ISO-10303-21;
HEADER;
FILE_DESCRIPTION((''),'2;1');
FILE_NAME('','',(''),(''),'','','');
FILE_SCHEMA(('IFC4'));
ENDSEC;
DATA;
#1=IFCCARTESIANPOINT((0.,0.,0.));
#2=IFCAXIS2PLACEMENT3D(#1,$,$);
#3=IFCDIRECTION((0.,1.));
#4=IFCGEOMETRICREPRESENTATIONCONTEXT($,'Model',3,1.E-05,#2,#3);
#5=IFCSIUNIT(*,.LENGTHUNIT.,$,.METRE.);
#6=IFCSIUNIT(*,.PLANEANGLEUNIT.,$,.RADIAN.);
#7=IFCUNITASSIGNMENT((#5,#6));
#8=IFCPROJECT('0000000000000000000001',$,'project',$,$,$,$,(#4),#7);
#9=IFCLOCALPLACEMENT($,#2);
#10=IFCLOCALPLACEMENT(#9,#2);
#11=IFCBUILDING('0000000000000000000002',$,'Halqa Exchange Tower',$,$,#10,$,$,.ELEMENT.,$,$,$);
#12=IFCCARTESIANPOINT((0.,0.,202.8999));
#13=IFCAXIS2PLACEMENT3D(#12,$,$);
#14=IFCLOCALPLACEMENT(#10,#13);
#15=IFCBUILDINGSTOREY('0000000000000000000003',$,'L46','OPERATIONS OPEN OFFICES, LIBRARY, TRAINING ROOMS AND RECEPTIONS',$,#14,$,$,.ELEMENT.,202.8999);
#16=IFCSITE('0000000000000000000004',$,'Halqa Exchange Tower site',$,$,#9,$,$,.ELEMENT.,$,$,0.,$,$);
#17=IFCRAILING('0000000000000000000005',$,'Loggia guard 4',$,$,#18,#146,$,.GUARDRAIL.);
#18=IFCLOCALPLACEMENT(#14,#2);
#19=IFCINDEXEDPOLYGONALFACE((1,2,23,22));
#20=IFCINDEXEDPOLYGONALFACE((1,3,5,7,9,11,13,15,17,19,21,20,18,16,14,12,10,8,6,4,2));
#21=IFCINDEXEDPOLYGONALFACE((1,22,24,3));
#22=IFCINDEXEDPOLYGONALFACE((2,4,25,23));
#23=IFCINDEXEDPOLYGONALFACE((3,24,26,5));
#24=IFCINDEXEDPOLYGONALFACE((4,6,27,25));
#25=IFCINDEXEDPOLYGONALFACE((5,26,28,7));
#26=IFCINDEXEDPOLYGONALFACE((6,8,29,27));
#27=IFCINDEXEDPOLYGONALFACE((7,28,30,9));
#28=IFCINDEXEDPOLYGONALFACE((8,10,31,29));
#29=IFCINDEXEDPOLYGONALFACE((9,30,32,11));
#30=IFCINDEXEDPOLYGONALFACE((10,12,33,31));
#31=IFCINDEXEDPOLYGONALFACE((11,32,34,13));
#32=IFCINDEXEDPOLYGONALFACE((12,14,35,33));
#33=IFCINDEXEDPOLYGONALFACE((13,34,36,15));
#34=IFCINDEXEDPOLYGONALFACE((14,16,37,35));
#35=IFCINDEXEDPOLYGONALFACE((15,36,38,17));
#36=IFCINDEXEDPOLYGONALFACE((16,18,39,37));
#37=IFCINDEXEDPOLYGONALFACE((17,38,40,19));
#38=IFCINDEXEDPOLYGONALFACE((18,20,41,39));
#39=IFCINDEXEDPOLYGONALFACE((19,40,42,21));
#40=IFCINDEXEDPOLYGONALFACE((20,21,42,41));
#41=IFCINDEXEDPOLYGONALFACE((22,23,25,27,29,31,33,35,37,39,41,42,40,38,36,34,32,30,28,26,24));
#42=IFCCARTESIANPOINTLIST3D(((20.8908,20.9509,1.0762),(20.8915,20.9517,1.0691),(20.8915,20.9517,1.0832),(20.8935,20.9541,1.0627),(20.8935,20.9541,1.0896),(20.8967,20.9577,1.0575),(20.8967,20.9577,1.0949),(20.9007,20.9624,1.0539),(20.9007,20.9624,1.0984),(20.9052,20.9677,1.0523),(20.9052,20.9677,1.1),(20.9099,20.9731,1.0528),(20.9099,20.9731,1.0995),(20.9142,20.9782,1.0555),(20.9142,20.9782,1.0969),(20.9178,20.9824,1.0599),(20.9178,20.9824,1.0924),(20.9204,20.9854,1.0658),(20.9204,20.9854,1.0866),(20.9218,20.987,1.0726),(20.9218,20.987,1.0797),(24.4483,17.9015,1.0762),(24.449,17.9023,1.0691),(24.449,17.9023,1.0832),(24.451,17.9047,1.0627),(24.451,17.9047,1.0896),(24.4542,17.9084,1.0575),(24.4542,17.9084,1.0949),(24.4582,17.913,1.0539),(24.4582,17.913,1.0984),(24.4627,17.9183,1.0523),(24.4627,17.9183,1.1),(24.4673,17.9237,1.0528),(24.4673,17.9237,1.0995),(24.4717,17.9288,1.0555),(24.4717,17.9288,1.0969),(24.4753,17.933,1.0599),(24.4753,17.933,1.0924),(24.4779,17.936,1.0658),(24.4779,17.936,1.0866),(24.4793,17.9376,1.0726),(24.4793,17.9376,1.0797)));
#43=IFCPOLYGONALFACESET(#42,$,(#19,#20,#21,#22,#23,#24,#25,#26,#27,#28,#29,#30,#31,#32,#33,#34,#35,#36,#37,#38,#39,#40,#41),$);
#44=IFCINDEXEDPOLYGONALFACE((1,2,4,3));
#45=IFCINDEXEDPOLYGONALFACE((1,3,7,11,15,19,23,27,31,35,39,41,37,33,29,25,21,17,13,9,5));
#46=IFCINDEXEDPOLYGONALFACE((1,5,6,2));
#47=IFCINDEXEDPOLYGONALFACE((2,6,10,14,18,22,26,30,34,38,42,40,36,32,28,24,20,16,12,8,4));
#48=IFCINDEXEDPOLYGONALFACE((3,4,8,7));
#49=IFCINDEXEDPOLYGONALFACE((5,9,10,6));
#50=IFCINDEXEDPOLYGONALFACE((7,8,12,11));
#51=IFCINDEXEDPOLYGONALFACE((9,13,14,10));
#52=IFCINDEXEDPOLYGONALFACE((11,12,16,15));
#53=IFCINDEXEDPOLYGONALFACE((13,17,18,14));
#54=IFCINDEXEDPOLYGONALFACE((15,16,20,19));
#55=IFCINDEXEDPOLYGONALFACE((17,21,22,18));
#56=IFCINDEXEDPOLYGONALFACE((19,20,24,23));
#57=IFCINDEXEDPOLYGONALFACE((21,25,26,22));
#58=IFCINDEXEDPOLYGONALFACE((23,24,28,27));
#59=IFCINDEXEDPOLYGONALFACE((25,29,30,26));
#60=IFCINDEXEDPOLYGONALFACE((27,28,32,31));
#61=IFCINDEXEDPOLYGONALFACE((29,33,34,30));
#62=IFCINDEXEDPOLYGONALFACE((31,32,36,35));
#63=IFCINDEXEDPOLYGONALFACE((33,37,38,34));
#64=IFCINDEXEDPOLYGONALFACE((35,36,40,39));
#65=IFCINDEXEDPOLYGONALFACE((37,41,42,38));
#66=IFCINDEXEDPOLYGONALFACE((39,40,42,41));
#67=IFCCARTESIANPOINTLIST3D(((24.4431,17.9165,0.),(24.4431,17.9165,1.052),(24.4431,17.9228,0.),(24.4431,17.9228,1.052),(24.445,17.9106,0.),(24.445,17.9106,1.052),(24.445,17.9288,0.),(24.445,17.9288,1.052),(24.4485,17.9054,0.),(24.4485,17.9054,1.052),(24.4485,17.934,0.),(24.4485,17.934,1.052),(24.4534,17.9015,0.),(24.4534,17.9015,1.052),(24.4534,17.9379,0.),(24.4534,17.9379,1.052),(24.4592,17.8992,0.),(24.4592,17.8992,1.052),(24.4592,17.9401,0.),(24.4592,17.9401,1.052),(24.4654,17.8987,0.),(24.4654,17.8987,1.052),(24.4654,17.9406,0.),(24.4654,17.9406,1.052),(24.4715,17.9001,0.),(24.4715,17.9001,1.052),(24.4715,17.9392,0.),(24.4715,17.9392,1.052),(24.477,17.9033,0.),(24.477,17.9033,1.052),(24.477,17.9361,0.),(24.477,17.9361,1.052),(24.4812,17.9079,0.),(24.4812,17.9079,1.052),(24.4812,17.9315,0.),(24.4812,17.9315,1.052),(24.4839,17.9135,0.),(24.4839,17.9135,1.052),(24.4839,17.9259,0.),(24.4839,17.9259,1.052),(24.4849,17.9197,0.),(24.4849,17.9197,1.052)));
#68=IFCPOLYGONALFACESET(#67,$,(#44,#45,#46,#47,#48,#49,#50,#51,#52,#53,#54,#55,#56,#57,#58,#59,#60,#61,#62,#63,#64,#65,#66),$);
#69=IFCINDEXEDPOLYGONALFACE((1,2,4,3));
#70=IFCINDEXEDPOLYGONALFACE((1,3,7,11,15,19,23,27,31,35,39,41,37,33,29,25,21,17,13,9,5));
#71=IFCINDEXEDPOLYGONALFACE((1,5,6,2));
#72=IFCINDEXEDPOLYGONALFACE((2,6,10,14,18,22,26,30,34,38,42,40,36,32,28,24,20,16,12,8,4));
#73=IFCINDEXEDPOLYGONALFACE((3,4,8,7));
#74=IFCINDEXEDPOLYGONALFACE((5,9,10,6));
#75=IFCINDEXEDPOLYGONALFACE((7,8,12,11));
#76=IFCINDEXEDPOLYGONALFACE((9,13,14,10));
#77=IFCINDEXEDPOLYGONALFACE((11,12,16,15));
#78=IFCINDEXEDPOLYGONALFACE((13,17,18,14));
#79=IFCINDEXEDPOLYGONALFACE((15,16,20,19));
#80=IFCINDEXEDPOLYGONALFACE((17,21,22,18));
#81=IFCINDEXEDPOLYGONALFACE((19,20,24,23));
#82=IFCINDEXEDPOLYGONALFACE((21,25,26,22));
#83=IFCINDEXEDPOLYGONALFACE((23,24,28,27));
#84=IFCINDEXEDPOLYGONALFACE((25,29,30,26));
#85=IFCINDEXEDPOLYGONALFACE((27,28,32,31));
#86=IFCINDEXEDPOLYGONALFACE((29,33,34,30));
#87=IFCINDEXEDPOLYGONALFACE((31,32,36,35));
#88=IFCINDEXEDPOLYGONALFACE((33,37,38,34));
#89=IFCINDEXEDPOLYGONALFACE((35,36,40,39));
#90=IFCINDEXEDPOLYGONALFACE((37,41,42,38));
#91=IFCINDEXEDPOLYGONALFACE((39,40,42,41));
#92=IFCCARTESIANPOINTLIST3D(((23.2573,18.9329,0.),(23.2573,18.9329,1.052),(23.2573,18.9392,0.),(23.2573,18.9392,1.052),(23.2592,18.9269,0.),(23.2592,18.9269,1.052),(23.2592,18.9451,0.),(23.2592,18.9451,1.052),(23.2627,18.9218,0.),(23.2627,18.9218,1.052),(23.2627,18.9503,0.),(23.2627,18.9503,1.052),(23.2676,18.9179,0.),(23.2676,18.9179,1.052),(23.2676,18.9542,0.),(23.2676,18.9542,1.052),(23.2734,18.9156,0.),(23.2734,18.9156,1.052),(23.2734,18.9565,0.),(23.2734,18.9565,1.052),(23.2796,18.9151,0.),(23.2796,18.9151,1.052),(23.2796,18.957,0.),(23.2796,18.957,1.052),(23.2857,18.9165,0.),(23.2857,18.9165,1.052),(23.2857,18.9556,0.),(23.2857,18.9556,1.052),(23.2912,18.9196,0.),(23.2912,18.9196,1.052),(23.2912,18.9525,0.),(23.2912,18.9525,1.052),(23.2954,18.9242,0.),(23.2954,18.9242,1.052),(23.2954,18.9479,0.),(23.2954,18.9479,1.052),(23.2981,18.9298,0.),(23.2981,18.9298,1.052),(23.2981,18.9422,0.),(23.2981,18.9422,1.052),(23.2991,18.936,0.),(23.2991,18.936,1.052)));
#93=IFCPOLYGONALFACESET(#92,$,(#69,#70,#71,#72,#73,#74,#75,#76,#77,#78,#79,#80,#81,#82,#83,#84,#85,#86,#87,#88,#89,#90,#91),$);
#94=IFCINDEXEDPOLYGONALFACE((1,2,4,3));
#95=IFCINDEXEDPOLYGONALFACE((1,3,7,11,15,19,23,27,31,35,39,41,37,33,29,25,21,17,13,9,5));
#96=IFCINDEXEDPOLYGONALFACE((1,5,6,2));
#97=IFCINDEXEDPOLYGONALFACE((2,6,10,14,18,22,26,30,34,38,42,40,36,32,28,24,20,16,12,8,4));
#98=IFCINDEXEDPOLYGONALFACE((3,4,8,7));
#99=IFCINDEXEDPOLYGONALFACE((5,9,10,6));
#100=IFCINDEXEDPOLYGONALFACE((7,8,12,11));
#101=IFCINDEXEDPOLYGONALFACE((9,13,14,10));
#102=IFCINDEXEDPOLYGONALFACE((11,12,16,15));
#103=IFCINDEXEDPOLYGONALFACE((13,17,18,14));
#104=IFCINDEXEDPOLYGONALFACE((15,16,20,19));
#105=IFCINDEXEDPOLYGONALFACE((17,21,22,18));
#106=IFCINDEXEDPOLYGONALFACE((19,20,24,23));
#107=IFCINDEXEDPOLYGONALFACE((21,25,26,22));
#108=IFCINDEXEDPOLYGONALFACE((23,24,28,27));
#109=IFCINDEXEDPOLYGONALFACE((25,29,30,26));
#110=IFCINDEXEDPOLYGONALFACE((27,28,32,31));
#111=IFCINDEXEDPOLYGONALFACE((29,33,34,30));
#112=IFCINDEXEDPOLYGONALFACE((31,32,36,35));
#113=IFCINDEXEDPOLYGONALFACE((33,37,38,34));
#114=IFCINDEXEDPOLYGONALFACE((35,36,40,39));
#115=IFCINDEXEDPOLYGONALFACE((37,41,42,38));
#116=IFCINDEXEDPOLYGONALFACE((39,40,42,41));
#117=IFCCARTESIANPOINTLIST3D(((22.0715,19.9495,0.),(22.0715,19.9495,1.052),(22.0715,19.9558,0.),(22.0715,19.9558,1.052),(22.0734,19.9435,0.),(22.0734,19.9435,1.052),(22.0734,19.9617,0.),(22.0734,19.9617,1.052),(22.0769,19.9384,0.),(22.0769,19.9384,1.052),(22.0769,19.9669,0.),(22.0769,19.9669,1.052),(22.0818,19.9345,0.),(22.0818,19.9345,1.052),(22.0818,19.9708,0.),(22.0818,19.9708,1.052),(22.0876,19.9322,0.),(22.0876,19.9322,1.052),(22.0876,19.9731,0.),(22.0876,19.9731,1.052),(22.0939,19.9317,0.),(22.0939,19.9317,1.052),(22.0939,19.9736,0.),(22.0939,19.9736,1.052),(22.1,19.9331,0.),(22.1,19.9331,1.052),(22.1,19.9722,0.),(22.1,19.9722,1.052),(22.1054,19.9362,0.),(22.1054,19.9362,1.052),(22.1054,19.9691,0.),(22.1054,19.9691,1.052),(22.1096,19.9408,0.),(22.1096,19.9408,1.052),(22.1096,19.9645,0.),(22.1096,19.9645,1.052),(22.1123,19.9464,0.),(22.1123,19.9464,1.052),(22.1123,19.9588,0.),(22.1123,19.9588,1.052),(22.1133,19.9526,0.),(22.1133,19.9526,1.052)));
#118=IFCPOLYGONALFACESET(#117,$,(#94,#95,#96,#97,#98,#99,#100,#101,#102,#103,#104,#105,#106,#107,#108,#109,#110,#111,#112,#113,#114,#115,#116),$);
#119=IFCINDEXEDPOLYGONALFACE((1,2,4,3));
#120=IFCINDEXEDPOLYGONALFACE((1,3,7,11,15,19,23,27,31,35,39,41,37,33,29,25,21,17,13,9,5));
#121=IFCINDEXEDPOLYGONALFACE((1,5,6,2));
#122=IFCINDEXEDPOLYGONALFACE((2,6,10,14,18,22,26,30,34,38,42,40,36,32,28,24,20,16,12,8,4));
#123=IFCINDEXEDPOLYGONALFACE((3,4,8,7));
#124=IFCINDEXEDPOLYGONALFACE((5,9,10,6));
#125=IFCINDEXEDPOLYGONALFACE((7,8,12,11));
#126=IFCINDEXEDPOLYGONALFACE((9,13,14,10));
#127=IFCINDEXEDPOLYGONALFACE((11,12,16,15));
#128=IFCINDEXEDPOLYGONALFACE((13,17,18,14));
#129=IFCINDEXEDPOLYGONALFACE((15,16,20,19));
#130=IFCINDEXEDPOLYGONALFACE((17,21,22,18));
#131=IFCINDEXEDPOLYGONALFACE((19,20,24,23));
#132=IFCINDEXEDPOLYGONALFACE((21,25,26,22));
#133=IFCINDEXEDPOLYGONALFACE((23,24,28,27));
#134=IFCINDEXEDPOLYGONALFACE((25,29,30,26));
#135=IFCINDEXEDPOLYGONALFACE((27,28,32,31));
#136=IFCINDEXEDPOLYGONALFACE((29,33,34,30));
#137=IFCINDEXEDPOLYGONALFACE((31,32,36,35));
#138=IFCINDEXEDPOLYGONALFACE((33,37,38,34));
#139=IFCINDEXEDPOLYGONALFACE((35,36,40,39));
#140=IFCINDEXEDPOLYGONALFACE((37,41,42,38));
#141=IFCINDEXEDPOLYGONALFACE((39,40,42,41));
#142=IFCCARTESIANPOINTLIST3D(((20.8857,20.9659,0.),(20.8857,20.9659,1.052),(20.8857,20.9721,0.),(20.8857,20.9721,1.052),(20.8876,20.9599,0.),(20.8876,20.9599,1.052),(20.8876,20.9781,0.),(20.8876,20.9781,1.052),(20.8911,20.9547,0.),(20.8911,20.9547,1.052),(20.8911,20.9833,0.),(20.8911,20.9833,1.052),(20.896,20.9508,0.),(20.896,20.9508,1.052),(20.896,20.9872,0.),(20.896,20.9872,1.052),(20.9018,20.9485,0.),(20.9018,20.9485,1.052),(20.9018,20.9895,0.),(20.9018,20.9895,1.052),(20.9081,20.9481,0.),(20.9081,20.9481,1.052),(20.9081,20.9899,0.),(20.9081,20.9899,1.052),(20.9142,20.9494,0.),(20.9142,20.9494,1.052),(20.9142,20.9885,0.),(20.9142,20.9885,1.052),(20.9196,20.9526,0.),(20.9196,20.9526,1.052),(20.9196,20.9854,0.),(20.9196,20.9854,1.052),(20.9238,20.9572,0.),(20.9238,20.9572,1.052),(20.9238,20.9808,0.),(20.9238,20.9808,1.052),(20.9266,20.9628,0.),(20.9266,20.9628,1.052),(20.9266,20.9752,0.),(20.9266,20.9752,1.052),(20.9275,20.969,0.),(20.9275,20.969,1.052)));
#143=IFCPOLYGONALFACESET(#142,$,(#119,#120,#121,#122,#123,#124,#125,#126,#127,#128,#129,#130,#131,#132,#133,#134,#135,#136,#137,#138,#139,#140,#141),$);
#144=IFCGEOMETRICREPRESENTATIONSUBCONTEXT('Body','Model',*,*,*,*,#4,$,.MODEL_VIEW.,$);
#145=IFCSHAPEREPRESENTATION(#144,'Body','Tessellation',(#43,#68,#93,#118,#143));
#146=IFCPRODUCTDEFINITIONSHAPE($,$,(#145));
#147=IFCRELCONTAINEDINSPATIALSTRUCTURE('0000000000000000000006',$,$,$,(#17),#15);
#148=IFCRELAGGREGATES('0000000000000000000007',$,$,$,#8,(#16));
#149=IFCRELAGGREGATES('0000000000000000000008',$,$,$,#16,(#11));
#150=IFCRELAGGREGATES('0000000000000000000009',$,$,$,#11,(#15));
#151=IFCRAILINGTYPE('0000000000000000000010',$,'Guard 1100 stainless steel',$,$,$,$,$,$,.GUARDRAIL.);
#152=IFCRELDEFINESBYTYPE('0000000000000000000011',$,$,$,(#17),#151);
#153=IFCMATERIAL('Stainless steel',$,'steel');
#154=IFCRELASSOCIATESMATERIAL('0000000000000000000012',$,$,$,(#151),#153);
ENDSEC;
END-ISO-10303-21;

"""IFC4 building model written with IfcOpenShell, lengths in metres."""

from ifc_helpers import new_model, si_unit, direction, frame, origin, origin_2d, place, context, subcontext, project, spatial, circle, extrude, material, type_object, element, save


model = new_model("IFC4")

# Units and contexts
model_context = context("Model", 3, precision=1e-05, world=origin(), true_north=direction((0.0, 1.0)))
body_context = subcontext(model_context, "Body", "Model", "MODEL_VIEW")
ifc_project = project(units=[si_unit("LENGTHUNIT", "METRE"), si_unit("PLANEANGLEUNIT", "RADIAN")], contexts=[model_context])

# Site, building, storey
site_placement = place(None, origin())
site = spatial("IfcSite", under=ifc_project, at=site_placement, Name="Halqa Exchange Tower site", CompositionType="ELEMENT", RefElevation=0.0)
building_placement = place(site_placement, origin())
building = spatial("IfcBuilding", under=site, at=building_placement, Name="Halqa Exchange Tower", CompositionType="ELEMENT")
storey_placement = place(building_placement, frame((0.0, 0.0, 202.8999)))
storey = spatial("IfcBuildingStorey", under=building, at=storey_placement, Name="L46", Description="OPERATIONS OPEN OFFICES, LIBRARY, TRAINING ROOMS AND RECEPTIONS", CompositionType="ELEMENT", Elevation=202.8999)

# Railing
ifc_material_1 = material(Name="Stainless steel", Category="steel")
railing_type = type_object("IfcRailingType", Name="Guard 1100 stainless steel", PredefinedType="GUARDRAIL", material=ifc_material_1)
railing_1_placement = place(storey_placement, frame((24.4639, 17.9197, 0.0)))
element("IfcRailing", 1, at=railing_1_placement, inside=storey, type_object=railing_type, Name="Loggia guard 4", PredefinedType="GUARDRAIL", context=body_context, shape_type="SweptSolid", body=[
    extrude(circle(Radius=0.0239, at=origin_2d()), frame((0.0, 0.0, 1.0762), z_axis=(-0.759242, 0.650809, 0.0), x_axis=(-0.650809, -0.759242, 0.0)), (0.0, 0.0, 1.0), 4.6855),
    extrude(circle(Radius=0.021, at=origin_2d()), origin(), (0.0, 0.0, 1.0), 1.052),
    extrude(circle(Radius=0.021, at=origin_2d()), frame((-1.1858, 1.0164, 0.0)), (0.0, 0.0, 1.0), 1.052),
    extrude(circle(Radius=0.021, at=origin_2d()), frame((-2.3716, 2.033, 0.0)), (0.0, 0.0, 1.0), 1.052),
    extrude(circle(Radius=0.021, at=origin_2d()), frame((-3.5574, 3.0493, 0.0)), (0.0, 0.0, 1.0), 1.052),
])

save(model, "model.ifc")
